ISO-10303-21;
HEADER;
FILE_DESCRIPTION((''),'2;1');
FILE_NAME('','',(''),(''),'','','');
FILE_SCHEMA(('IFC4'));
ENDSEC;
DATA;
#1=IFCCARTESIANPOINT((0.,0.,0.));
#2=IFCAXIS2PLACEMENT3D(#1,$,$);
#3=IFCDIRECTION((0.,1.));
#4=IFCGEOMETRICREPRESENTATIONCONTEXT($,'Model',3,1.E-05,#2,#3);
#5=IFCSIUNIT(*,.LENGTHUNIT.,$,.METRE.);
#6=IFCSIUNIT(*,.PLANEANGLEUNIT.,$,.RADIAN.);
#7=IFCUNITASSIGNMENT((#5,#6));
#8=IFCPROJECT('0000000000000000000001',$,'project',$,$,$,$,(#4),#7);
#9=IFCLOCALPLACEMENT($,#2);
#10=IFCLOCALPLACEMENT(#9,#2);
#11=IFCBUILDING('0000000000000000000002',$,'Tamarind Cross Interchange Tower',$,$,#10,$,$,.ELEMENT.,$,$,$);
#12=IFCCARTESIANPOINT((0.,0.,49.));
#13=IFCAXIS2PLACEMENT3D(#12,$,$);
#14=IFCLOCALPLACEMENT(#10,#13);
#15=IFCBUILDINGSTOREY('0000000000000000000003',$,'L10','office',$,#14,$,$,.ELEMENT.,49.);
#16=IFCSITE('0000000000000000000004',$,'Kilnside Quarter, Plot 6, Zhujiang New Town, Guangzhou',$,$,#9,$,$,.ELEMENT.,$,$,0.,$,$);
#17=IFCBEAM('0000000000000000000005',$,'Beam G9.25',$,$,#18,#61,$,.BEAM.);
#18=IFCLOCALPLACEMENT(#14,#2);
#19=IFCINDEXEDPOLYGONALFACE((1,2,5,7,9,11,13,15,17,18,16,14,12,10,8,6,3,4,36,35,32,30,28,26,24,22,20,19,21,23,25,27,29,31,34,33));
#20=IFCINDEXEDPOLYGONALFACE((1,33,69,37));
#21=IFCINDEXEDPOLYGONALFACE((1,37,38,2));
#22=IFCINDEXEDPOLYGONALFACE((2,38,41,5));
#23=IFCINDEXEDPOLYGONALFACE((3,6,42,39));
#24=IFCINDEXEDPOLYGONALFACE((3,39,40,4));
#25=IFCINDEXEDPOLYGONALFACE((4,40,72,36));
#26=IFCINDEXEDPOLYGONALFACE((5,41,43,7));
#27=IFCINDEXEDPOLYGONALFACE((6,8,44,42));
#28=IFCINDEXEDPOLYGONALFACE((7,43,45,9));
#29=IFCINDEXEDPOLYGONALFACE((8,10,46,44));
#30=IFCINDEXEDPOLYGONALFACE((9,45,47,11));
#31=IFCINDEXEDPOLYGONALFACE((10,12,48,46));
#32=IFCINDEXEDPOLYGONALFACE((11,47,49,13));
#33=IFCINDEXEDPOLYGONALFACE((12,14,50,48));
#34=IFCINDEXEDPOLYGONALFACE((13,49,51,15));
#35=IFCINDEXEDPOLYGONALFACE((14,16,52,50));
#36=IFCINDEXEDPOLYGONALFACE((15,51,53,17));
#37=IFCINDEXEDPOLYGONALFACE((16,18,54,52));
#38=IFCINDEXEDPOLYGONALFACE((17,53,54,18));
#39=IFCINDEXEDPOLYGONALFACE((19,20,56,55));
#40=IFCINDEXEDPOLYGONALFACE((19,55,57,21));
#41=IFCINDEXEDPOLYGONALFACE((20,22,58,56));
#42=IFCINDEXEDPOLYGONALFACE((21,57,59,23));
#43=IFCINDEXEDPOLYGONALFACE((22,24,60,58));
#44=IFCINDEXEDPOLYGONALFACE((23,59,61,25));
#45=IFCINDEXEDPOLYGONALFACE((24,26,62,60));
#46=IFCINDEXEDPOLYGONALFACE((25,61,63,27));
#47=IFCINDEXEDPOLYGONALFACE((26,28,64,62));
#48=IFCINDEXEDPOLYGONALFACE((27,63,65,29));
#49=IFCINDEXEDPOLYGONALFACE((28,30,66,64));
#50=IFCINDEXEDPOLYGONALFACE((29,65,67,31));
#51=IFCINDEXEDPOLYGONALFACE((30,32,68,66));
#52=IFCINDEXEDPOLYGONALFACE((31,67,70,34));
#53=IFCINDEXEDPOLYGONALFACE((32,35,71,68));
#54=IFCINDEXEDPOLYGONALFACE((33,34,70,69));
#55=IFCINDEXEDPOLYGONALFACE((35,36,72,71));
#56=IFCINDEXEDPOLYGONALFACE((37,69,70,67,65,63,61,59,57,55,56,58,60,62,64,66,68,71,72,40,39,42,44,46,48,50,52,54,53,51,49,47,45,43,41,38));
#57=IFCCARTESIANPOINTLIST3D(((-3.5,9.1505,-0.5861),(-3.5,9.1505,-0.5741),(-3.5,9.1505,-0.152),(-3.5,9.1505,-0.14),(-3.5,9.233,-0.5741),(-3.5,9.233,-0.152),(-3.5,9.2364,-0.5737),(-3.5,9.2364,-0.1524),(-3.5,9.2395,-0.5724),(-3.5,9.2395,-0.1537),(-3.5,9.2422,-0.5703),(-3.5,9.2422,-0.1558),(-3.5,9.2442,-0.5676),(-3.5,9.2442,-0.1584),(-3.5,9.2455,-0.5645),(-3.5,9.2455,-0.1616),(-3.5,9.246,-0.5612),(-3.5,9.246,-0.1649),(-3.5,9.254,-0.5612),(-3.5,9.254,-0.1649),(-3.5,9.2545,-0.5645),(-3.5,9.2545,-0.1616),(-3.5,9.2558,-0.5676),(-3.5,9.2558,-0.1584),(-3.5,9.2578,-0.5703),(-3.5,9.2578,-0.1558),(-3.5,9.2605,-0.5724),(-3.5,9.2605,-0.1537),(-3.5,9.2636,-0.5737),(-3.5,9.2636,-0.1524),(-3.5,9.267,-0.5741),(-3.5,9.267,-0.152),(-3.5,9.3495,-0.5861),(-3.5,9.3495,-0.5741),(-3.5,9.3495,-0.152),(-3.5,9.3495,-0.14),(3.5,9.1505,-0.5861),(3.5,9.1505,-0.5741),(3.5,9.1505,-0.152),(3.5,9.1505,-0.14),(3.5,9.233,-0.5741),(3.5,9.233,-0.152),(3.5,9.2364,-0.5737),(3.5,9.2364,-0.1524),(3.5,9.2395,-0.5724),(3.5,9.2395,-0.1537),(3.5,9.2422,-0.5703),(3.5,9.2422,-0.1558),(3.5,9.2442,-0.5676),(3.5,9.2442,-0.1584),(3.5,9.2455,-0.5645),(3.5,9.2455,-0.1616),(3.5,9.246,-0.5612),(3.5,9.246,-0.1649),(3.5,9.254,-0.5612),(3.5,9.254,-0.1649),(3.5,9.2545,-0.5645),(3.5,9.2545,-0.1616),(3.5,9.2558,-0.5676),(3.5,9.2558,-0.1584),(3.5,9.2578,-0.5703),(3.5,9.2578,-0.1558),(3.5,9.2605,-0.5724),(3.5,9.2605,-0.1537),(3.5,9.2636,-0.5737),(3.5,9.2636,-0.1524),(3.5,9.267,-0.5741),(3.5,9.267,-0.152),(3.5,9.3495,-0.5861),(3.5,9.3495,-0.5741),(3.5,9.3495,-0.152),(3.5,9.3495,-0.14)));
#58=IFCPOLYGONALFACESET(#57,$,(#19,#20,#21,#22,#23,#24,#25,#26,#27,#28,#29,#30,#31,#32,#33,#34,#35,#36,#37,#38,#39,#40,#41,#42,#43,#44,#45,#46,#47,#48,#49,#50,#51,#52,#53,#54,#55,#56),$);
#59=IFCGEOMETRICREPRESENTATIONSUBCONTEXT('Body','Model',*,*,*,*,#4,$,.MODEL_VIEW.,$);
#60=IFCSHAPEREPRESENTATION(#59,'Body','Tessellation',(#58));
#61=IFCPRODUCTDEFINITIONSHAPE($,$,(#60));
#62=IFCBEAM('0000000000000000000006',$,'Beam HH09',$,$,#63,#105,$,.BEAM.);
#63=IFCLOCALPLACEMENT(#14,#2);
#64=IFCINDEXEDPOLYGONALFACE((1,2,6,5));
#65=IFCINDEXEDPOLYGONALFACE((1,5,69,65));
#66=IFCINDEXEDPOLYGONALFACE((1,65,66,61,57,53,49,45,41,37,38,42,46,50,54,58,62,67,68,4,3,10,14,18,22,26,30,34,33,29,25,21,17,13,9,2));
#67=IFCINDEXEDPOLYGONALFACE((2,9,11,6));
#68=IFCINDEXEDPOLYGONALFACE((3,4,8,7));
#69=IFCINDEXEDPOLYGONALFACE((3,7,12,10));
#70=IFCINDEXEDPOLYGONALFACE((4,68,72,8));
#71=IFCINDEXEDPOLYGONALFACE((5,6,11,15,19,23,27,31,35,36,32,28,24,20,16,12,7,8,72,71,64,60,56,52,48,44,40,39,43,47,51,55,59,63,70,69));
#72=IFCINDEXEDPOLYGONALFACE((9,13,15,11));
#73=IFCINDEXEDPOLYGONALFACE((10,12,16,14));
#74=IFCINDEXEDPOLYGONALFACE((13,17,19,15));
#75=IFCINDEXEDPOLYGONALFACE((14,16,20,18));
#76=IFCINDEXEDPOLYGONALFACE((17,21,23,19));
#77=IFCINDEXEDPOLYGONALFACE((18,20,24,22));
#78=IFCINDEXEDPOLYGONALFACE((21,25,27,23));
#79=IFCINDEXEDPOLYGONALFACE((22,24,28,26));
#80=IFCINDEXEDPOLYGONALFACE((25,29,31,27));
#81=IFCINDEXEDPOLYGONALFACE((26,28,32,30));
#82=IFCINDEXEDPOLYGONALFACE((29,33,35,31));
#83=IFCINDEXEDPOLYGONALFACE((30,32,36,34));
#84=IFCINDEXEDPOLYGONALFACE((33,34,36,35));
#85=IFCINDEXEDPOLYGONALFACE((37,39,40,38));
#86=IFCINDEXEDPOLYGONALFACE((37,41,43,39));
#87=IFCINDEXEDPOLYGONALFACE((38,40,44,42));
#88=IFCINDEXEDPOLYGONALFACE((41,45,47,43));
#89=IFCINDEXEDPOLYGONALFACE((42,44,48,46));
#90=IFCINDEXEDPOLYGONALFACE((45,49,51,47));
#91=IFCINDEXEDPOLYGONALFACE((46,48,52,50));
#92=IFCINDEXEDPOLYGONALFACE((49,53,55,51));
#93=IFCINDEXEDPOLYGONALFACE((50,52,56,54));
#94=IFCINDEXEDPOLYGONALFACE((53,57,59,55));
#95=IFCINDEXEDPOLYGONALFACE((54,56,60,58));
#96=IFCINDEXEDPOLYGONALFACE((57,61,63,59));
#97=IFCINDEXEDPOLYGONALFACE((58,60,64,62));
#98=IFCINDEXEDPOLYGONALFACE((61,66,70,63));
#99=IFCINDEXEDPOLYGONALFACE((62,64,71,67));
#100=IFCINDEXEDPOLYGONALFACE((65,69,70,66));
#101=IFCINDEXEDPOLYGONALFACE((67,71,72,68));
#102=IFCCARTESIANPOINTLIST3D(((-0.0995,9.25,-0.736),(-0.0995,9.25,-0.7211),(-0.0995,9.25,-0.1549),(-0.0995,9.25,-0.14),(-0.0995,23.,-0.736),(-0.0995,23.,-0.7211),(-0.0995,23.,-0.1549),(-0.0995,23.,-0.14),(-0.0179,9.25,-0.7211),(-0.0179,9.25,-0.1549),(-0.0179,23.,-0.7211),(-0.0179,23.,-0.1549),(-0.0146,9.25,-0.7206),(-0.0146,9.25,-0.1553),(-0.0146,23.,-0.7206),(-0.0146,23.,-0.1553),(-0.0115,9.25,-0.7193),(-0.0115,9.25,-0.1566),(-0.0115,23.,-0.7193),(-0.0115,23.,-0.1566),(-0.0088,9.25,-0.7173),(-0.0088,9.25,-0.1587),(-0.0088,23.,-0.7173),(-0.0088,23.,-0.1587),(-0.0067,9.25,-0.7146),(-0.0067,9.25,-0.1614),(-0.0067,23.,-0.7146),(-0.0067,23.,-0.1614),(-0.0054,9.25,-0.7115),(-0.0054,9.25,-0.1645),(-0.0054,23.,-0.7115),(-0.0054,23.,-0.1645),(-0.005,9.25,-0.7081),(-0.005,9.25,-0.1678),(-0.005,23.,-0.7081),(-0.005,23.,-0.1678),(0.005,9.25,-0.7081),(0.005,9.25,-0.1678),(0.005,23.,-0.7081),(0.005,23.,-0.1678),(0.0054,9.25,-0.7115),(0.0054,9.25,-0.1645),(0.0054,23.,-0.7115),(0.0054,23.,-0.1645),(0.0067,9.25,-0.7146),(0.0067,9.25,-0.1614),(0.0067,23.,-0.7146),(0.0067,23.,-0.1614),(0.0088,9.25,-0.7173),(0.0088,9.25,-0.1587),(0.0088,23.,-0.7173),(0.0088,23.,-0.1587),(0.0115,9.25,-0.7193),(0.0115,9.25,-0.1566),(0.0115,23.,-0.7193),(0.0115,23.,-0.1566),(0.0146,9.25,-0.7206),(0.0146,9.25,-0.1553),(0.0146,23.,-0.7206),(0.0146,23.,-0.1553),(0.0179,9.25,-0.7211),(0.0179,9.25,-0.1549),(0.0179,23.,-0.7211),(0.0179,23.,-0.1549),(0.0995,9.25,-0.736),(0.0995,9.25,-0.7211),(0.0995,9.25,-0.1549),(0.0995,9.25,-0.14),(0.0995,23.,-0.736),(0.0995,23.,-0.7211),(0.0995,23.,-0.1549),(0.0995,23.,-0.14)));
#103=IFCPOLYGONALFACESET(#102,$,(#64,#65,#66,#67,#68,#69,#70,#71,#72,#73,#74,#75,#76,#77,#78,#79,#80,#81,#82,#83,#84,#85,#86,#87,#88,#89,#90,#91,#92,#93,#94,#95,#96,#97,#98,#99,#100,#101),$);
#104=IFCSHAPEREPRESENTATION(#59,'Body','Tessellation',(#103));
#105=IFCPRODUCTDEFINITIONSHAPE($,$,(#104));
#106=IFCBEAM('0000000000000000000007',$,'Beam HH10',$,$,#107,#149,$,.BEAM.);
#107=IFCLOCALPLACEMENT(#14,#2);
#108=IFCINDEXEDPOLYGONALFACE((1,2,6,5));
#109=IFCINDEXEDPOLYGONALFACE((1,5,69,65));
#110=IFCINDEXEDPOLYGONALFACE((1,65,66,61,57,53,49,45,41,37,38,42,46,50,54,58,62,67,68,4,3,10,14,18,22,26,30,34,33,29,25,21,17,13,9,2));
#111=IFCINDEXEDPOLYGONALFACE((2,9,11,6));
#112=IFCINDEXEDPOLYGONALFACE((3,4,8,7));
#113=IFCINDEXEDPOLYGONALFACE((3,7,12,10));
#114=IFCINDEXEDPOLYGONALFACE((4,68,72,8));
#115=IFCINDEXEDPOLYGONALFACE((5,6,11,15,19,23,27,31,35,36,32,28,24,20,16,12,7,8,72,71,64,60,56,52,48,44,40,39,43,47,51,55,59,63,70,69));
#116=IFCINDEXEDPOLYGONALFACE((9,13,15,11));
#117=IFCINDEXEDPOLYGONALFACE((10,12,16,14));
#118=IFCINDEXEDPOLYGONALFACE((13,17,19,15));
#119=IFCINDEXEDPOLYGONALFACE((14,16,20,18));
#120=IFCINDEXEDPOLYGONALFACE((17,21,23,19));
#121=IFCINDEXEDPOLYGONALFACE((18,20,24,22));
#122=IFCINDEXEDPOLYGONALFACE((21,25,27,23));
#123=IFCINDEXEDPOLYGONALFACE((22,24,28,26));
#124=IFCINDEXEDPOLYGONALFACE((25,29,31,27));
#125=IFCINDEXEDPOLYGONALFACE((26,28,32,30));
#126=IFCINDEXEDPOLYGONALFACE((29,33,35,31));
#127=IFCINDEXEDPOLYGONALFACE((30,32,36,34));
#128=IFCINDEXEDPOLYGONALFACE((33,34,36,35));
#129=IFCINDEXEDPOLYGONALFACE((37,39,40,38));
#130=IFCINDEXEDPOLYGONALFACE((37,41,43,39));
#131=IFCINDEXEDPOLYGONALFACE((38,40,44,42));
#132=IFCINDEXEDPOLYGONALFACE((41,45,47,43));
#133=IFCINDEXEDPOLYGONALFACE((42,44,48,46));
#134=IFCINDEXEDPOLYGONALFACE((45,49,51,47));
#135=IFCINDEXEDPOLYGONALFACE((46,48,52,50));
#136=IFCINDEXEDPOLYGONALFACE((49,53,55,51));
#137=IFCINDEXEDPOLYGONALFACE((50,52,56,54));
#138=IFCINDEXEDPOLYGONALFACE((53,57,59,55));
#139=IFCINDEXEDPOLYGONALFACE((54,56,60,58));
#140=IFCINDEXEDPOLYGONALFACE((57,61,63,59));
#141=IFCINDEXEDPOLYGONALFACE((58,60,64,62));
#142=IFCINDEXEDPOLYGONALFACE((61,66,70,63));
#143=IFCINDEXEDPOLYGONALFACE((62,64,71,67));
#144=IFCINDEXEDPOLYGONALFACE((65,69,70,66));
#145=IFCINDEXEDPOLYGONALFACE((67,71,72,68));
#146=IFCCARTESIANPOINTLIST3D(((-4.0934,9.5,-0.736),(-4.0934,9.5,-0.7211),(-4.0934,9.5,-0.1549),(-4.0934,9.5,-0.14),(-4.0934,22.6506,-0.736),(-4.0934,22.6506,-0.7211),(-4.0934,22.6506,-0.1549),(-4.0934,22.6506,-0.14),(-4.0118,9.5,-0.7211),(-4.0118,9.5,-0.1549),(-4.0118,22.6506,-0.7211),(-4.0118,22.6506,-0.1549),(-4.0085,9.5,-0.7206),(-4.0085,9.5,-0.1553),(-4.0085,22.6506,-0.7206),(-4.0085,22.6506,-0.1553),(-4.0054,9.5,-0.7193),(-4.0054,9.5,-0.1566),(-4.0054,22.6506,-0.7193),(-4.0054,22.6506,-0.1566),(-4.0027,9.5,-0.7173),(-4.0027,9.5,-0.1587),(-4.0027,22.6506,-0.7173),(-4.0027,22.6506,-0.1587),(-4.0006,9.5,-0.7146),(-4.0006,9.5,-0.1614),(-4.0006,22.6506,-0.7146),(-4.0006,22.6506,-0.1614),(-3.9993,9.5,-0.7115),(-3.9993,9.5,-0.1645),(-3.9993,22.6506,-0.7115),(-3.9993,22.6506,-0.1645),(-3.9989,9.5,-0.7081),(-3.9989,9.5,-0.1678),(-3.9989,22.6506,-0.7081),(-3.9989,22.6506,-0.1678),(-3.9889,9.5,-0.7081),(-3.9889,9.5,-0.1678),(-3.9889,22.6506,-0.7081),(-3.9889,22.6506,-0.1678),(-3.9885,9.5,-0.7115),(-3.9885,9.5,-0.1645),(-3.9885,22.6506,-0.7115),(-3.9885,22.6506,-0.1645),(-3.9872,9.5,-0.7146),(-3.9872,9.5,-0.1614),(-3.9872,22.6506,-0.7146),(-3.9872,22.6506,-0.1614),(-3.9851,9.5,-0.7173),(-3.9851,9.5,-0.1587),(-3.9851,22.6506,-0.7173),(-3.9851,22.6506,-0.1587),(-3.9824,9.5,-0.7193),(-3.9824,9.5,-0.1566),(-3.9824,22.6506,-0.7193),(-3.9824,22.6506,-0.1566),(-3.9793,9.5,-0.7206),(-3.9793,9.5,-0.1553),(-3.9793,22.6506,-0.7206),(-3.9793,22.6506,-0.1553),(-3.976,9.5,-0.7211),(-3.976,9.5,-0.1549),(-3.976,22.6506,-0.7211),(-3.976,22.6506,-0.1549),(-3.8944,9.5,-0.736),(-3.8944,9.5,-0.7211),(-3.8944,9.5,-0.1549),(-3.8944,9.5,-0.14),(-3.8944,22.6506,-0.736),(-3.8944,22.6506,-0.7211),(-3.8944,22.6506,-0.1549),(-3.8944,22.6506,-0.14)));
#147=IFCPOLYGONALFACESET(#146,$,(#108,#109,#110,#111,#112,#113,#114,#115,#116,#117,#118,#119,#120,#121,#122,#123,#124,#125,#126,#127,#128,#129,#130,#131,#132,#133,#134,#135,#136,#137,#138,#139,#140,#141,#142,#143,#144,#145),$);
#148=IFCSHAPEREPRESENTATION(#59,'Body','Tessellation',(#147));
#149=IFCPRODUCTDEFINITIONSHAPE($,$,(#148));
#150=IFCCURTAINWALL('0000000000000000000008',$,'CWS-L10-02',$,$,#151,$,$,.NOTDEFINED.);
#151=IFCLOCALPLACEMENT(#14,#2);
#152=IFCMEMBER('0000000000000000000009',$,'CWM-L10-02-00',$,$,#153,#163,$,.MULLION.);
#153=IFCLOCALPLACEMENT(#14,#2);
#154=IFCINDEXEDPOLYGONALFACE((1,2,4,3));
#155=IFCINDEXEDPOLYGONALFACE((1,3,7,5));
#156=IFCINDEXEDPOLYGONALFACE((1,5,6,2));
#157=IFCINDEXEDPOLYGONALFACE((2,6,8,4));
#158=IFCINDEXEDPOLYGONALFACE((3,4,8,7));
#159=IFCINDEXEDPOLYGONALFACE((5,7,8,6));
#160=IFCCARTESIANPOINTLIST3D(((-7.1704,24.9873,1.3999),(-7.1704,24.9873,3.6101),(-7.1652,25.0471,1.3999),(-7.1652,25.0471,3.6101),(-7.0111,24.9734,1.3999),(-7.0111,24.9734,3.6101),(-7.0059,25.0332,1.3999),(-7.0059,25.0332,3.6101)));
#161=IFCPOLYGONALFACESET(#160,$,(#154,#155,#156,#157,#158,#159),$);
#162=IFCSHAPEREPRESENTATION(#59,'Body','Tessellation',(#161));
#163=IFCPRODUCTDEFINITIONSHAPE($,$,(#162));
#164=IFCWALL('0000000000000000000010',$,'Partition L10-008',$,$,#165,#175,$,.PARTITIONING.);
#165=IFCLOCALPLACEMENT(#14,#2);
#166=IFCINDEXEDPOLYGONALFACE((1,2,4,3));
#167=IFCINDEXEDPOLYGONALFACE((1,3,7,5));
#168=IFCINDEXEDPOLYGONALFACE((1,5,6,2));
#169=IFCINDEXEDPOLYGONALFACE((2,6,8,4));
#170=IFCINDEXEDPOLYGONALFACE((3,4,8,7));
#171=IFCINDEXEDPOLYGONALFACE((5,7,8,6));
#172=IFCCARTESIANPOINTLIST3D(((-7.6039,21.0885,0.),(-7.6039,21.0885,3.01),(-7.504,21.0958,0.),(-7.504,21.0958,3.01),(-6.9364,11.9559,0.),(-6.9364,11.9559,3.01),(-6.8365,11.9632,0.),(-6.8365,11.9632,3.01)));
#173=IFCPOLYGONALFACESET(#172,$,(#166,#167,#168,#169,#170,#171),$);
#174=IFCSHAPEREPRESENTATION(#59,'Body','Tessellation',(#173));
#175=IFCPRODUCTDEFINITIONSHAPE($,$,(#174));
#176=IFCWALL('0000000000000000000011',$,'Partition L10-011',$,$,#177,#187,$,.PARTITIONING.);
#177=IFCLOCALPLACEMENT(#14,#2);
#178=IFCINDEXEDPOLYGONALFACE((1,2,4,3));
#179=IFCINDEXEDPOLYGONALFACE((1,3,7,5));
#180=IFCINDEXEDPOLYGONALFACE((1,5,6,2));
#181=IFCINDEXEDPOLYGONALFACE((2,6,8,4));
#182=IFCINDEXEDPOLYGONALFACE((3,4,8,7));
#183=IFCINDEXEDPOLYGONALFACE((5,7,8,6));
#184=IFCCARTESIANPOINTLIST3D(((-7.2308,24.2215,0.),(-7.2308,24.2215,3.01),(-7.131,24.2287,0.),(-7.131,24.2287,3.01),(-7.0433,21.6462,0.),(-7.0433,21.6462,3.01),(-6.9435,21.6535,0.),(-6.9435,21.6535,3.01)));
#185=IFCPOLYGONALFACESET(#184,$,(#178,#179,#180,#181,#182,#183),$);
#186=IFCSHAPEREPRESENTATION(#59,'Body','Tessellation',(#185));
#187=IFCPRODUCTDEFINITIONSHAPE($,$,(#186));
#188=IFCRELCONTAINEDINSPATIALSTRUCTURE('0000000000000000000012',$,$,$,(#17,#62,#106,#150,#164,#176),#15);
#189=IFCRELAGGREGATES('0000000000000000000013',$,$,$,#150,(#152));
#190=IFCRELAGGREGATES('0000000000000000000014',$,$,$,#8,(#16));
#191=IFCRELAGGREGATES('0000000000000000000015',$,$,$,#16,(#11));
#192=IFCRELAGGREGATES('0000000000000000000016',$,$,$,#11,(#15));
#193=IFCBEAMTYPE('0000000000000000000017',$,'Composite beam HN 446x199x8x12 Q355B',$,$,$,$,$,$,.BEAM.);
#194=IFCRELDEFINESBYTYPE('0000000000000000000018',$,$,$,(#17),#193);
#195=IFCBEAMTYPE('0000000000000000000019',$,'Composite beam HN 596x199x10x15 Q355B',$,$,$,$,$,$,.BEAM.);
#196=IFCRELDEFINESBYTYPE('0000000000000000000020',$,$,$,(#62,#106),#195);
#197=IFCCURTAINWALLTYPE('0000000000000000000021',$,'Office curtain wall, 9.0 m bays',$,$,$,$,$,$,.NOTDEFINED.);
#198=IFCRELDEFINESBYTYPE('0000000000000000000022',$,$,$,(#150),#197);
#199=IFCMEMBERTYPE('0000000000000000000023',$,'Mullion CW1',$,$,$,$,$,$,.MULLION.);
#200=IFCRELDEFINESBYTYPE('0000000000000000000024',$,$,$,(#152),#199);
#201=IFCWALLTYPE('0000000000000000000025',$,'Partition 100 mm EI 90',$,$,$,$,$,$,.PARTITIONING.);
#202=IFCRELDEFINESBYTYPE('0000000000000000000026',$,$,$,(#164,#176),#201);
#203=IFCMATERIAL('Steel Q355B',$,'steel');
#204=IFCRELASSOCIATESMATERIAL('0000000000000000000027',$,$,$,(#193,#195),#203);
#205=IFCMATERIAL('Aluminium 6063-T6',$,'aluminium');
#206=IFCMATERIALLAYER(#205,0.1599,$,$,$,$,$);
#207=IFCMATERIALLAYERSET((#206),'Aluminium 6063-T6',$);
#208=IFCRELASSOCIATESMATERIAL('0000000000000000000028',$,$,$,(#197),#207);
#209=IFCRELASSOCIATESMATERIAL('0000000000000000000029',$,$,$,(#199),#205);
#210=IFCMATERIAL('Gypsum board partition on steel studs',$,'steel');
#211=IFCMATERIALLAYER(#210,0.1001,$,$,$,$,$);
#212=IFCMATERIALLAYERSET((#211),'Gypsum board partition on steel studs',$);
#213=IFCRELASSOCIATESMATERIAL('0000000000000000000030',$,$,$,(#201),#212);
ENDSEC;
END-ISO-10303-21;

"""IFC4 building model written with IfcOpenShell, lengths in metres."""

from ifc_helpers import new_model, si_unit, direction, frame, frame_2d, origin, origin_2d, place, context, subcontext, project, spatial, rectangle, i_section, extrude, material, layer, layer_set, material_profile, profile_set, type_object, element, aggregate, save


model = new_model("IFC4")

# Units and contexts
model_context = context("Model", 3, precision=1e-05, world=origin(), true_north=direction((0.0, 1.0)))
body_context = subcontext(model_context, "Body", "Model", "MODEL_VIEW")
ifc_project = project(units=[si_unit("LENGTHUNIT", "METRE"), si_unit("PLANEANGLEUNIT", "RADIAN")], contexts=[model_context])

# Site, building, storey
site_placement = place(None, origin())
site = spatial("IfcSite", under=ifc_project, at=site_placement, Name="Kilnside Quarter, Plot 6, Zhujiang New Town, Guangzhou", CompositionType="ELEMENT", RefElevation=0.0)
building_placement = place(site_placement, origin())
building = spatial("IfcBuilding", under=site, at=building_placement, Name="Tamarind Cross Interchange Tower", CompositionType="ELEMENT")
storey_placement = place(building_placement, frame((0.0, 0.0, 49.0)))
storey = spatial("IfcBuildingStorey", under=building, at=storey_placement, Name="L10", Description="office", CompositionType="ELEMENT", Elevation=49.0)

# Beams
ifc_material_1 = material(Name="Steel Q355B", Category="steel")
ifc_material_profile_1 = material_profile(ifc_material_1, i_section(OverallWidth=0.199, OverallDepth=0.446, WebThickness=0.0081, FlangeThickness=0.012, FilletRadius=0.0129, at=origin_2d()), Name="HN 446x199x8x12")
ifc_profile_set_1 = profile_set([ifc_material_profile_1], Name="Steel Q355B")
beam_type_1 = type_object("IfcBeamType", Name="Composite beam HN 446x199x8x12 Q355B", PredefinedType="BEAM", material=ifc_profile_set_1)
for number, where, z_axis, x_axis, name in (
    (1, (-3.5, 9.25, -0.363), (1.0, 0.0, 0.0), (0.0, 1.0, 0.0), "Beam G9.25"),
):
    element("IfcBeam", number, at=place(storey_placement, frame(where, z_axis=z_axis, x_axis=x_axis)), inside=storey, type_object=beam_type_1, Name=name, PredefinedType="BEAM", context=body_context, shape_type="SweptSolid", body=[
        extrude(i_section(OverallWidth=0.199, OverallDepth=0.446, WebThickness=0.0081, FlangeThickness=0.012, FilletRadius=0.0129, at=origin_2d()), origin(), (0.0, 0.0, 1.0), 7.0),
    ])
ifc_material_profile_2 = material_profile(ifc_material_1, i_section(OverallWidth=0.199, OverallDepth=0.5959, WebThickness=0.01, FlangeThickness=0.0149, FilletRadius=0.0129, at=origin_2d()), Name="HN 596x199x10x15")
ifc_profile_set_2 = profile_set([ifc_material_profile_2], Name="Steel Q355B")
beam_type_2 = type_object("IfcBeamType", Name="Composite beam HN 596x199x10x15 Q355B", PredefinedType="BEAM", material=ifc_profile_set_2)
beam_1_placement = place(storey_placement, frame((0.0, 23.0, -0.438), z_axis=(0.0, -1.0, 0.0), x_axis=(1.0, 0.0, 0.0)))
element("IfcBeam", 2, at=beam_1_placement, inside=storey, type_object=beam_type_2, Name="Beam HH09", PredefinedType="BEAM", context=body_context, shape_type="SweptSolid", body=[
    extrude(i_section(OverallWidth=0.199, OverallDepth=0.5959, WebThickness=0.01, FlangeThickness=0.0149, FilletRadius=0.0129, at=origin_2d()), origin(), (0.0, 0.0, 1.0), 13.75),
])
beam_2_placement = place(storey_placement, frame((-3.9939, 22.6506, -0.438), z_axis=(0.0, -1.0, 0.0), x_axis=(1.0, 0.0, 0.0)))
element("IfcBeam", 3, at=beam_2_placement, inside=storey, type_object=beam_type_2, Name="Beam HH10", PredefinedType="BEAM", context=body_context, shape_type="SweptSolid", body=[
    extrude(i_section(OverallWidth=0.199, OverallDepth=0.5959, WebThickness=0.01, FlangeThickness=0.0149, FilletRadius=0.0129, at=origin_2d()), origin(), (0.0, 0.0, 1.0), 13.1506),
])

# Curtain wall, member
ifc_material_2 = material(Name="Aluminium 6063-T6", Category="aluminium")
ifc_layer_1 = layer(ifc_material_2, 0.1599)
ifc_layer_set_1 = layer_set([ifc_layer_1], Name="Aluminium 6063-T6")
curtain_wall_type = type_object("IfcCurtainWallType", Name="Office curtain wall, 9.0 m bays", PredefinedType="NOTDEFINED", material=ifc_layer_set_1)
curtain_wall_placement = place(storey_placement, origin())
curtain_wall = element("IfcCurtainWall", 4, at=curtain_wall_placement, inside=storey, type_object=curtain_wall_type, Name="CWS-L10-02", PredefinedType="NOTDEFINED")
ifc_material_profile_3 = material_profile(ifc_material_2, rectangle(XDim=0.0601, YDim=0.1599, at=origin_2d()), Name="Mullion CW1")
ifc_profile_set_3 = profile_set([ifc_material_profile_3], Name="Aluminium 6063-T6")
member_type = type_object("IfcMemberType", Name="Mullion CW1", PredefinedType="MULLION", material=ifc_profile_set_3)
member_placement = place(storey_placement, frame((-7.0881, 25.0103, 1.3999), z_axis=(0.0, 0.0, 1.0), x_axis=(-0.087056, -0.996203, 0.0)))
member = element("IfcMember", 5, at=member_placement, type_object=member_type, Name="CWM-L10-02-00", PredefinedType="MULLION", context=body_context, shape_type="SweptSolid", body=[
    extrude(rectangle(XDim=0.0601, YDim=0.1599, at=origin_2d()), origin(), (0.0, 0.0, 1.0), 2.2102),
])
aggregate(curtain_wall, [member])

# Walls
ifc_material_3 = material(Name="Gypsum board partition on steel studs", Category="steel")
ifc_layer_2 = layer(ifc_material_3, 0.1001)
ifc_layer_set_2 = layer_set([ifc_layer_2], Name="Gypsum board partition on steel studs")
wall_type_1 = type_object("IfcWallType", Name="Partition 100 mm EI 90", PredefinedType="PARTITIONING", material=ifc_layer_set_2)
wall_1_placement = place(storey_placement, frame((-7.554, 21.0923, 0.0), z_axis=(0.0, 0.0, 1.0), x_axis=(0.072893, -0.99734, 0.0)))
element("IfcWall", 6, at=wall_1_placement, inside=storey, type_object=wall_type_1, Name="Partition L10-008", PredefinedType="PARTITIONING", context=body_context, shape_type="SweptSolid", body=[
    extrude(rectangle(XDim=9.157, YDim=0.1001, at=frame_2d((4.5786, 0.0))), origin(), (0.0, 0.0, 1.0), 3.01),
])
wall_2_placement = place(storey_placement, frame((-7.1809, 24.2251, 0.0), z_axis=(0.0, 0.0, 1.0), x_axis=(0.072618, -0.99736, 0.0)))
element("IfcWall", 7, at=wall_2_placement, inside=storey, type_object=wall_type_1, Name="Partition L10-011", PredefinedType="PARTITIONING", context=body_context, shape_type="SweptSolid", body=[
    extrude(rectangle(XDim=2.582, YDim=0.1001, at=frame_2d((1.291, 0.0))), origin(), (0.0, 0.0, 1.0), 3.01),
])

save(model, "model.ifc")
